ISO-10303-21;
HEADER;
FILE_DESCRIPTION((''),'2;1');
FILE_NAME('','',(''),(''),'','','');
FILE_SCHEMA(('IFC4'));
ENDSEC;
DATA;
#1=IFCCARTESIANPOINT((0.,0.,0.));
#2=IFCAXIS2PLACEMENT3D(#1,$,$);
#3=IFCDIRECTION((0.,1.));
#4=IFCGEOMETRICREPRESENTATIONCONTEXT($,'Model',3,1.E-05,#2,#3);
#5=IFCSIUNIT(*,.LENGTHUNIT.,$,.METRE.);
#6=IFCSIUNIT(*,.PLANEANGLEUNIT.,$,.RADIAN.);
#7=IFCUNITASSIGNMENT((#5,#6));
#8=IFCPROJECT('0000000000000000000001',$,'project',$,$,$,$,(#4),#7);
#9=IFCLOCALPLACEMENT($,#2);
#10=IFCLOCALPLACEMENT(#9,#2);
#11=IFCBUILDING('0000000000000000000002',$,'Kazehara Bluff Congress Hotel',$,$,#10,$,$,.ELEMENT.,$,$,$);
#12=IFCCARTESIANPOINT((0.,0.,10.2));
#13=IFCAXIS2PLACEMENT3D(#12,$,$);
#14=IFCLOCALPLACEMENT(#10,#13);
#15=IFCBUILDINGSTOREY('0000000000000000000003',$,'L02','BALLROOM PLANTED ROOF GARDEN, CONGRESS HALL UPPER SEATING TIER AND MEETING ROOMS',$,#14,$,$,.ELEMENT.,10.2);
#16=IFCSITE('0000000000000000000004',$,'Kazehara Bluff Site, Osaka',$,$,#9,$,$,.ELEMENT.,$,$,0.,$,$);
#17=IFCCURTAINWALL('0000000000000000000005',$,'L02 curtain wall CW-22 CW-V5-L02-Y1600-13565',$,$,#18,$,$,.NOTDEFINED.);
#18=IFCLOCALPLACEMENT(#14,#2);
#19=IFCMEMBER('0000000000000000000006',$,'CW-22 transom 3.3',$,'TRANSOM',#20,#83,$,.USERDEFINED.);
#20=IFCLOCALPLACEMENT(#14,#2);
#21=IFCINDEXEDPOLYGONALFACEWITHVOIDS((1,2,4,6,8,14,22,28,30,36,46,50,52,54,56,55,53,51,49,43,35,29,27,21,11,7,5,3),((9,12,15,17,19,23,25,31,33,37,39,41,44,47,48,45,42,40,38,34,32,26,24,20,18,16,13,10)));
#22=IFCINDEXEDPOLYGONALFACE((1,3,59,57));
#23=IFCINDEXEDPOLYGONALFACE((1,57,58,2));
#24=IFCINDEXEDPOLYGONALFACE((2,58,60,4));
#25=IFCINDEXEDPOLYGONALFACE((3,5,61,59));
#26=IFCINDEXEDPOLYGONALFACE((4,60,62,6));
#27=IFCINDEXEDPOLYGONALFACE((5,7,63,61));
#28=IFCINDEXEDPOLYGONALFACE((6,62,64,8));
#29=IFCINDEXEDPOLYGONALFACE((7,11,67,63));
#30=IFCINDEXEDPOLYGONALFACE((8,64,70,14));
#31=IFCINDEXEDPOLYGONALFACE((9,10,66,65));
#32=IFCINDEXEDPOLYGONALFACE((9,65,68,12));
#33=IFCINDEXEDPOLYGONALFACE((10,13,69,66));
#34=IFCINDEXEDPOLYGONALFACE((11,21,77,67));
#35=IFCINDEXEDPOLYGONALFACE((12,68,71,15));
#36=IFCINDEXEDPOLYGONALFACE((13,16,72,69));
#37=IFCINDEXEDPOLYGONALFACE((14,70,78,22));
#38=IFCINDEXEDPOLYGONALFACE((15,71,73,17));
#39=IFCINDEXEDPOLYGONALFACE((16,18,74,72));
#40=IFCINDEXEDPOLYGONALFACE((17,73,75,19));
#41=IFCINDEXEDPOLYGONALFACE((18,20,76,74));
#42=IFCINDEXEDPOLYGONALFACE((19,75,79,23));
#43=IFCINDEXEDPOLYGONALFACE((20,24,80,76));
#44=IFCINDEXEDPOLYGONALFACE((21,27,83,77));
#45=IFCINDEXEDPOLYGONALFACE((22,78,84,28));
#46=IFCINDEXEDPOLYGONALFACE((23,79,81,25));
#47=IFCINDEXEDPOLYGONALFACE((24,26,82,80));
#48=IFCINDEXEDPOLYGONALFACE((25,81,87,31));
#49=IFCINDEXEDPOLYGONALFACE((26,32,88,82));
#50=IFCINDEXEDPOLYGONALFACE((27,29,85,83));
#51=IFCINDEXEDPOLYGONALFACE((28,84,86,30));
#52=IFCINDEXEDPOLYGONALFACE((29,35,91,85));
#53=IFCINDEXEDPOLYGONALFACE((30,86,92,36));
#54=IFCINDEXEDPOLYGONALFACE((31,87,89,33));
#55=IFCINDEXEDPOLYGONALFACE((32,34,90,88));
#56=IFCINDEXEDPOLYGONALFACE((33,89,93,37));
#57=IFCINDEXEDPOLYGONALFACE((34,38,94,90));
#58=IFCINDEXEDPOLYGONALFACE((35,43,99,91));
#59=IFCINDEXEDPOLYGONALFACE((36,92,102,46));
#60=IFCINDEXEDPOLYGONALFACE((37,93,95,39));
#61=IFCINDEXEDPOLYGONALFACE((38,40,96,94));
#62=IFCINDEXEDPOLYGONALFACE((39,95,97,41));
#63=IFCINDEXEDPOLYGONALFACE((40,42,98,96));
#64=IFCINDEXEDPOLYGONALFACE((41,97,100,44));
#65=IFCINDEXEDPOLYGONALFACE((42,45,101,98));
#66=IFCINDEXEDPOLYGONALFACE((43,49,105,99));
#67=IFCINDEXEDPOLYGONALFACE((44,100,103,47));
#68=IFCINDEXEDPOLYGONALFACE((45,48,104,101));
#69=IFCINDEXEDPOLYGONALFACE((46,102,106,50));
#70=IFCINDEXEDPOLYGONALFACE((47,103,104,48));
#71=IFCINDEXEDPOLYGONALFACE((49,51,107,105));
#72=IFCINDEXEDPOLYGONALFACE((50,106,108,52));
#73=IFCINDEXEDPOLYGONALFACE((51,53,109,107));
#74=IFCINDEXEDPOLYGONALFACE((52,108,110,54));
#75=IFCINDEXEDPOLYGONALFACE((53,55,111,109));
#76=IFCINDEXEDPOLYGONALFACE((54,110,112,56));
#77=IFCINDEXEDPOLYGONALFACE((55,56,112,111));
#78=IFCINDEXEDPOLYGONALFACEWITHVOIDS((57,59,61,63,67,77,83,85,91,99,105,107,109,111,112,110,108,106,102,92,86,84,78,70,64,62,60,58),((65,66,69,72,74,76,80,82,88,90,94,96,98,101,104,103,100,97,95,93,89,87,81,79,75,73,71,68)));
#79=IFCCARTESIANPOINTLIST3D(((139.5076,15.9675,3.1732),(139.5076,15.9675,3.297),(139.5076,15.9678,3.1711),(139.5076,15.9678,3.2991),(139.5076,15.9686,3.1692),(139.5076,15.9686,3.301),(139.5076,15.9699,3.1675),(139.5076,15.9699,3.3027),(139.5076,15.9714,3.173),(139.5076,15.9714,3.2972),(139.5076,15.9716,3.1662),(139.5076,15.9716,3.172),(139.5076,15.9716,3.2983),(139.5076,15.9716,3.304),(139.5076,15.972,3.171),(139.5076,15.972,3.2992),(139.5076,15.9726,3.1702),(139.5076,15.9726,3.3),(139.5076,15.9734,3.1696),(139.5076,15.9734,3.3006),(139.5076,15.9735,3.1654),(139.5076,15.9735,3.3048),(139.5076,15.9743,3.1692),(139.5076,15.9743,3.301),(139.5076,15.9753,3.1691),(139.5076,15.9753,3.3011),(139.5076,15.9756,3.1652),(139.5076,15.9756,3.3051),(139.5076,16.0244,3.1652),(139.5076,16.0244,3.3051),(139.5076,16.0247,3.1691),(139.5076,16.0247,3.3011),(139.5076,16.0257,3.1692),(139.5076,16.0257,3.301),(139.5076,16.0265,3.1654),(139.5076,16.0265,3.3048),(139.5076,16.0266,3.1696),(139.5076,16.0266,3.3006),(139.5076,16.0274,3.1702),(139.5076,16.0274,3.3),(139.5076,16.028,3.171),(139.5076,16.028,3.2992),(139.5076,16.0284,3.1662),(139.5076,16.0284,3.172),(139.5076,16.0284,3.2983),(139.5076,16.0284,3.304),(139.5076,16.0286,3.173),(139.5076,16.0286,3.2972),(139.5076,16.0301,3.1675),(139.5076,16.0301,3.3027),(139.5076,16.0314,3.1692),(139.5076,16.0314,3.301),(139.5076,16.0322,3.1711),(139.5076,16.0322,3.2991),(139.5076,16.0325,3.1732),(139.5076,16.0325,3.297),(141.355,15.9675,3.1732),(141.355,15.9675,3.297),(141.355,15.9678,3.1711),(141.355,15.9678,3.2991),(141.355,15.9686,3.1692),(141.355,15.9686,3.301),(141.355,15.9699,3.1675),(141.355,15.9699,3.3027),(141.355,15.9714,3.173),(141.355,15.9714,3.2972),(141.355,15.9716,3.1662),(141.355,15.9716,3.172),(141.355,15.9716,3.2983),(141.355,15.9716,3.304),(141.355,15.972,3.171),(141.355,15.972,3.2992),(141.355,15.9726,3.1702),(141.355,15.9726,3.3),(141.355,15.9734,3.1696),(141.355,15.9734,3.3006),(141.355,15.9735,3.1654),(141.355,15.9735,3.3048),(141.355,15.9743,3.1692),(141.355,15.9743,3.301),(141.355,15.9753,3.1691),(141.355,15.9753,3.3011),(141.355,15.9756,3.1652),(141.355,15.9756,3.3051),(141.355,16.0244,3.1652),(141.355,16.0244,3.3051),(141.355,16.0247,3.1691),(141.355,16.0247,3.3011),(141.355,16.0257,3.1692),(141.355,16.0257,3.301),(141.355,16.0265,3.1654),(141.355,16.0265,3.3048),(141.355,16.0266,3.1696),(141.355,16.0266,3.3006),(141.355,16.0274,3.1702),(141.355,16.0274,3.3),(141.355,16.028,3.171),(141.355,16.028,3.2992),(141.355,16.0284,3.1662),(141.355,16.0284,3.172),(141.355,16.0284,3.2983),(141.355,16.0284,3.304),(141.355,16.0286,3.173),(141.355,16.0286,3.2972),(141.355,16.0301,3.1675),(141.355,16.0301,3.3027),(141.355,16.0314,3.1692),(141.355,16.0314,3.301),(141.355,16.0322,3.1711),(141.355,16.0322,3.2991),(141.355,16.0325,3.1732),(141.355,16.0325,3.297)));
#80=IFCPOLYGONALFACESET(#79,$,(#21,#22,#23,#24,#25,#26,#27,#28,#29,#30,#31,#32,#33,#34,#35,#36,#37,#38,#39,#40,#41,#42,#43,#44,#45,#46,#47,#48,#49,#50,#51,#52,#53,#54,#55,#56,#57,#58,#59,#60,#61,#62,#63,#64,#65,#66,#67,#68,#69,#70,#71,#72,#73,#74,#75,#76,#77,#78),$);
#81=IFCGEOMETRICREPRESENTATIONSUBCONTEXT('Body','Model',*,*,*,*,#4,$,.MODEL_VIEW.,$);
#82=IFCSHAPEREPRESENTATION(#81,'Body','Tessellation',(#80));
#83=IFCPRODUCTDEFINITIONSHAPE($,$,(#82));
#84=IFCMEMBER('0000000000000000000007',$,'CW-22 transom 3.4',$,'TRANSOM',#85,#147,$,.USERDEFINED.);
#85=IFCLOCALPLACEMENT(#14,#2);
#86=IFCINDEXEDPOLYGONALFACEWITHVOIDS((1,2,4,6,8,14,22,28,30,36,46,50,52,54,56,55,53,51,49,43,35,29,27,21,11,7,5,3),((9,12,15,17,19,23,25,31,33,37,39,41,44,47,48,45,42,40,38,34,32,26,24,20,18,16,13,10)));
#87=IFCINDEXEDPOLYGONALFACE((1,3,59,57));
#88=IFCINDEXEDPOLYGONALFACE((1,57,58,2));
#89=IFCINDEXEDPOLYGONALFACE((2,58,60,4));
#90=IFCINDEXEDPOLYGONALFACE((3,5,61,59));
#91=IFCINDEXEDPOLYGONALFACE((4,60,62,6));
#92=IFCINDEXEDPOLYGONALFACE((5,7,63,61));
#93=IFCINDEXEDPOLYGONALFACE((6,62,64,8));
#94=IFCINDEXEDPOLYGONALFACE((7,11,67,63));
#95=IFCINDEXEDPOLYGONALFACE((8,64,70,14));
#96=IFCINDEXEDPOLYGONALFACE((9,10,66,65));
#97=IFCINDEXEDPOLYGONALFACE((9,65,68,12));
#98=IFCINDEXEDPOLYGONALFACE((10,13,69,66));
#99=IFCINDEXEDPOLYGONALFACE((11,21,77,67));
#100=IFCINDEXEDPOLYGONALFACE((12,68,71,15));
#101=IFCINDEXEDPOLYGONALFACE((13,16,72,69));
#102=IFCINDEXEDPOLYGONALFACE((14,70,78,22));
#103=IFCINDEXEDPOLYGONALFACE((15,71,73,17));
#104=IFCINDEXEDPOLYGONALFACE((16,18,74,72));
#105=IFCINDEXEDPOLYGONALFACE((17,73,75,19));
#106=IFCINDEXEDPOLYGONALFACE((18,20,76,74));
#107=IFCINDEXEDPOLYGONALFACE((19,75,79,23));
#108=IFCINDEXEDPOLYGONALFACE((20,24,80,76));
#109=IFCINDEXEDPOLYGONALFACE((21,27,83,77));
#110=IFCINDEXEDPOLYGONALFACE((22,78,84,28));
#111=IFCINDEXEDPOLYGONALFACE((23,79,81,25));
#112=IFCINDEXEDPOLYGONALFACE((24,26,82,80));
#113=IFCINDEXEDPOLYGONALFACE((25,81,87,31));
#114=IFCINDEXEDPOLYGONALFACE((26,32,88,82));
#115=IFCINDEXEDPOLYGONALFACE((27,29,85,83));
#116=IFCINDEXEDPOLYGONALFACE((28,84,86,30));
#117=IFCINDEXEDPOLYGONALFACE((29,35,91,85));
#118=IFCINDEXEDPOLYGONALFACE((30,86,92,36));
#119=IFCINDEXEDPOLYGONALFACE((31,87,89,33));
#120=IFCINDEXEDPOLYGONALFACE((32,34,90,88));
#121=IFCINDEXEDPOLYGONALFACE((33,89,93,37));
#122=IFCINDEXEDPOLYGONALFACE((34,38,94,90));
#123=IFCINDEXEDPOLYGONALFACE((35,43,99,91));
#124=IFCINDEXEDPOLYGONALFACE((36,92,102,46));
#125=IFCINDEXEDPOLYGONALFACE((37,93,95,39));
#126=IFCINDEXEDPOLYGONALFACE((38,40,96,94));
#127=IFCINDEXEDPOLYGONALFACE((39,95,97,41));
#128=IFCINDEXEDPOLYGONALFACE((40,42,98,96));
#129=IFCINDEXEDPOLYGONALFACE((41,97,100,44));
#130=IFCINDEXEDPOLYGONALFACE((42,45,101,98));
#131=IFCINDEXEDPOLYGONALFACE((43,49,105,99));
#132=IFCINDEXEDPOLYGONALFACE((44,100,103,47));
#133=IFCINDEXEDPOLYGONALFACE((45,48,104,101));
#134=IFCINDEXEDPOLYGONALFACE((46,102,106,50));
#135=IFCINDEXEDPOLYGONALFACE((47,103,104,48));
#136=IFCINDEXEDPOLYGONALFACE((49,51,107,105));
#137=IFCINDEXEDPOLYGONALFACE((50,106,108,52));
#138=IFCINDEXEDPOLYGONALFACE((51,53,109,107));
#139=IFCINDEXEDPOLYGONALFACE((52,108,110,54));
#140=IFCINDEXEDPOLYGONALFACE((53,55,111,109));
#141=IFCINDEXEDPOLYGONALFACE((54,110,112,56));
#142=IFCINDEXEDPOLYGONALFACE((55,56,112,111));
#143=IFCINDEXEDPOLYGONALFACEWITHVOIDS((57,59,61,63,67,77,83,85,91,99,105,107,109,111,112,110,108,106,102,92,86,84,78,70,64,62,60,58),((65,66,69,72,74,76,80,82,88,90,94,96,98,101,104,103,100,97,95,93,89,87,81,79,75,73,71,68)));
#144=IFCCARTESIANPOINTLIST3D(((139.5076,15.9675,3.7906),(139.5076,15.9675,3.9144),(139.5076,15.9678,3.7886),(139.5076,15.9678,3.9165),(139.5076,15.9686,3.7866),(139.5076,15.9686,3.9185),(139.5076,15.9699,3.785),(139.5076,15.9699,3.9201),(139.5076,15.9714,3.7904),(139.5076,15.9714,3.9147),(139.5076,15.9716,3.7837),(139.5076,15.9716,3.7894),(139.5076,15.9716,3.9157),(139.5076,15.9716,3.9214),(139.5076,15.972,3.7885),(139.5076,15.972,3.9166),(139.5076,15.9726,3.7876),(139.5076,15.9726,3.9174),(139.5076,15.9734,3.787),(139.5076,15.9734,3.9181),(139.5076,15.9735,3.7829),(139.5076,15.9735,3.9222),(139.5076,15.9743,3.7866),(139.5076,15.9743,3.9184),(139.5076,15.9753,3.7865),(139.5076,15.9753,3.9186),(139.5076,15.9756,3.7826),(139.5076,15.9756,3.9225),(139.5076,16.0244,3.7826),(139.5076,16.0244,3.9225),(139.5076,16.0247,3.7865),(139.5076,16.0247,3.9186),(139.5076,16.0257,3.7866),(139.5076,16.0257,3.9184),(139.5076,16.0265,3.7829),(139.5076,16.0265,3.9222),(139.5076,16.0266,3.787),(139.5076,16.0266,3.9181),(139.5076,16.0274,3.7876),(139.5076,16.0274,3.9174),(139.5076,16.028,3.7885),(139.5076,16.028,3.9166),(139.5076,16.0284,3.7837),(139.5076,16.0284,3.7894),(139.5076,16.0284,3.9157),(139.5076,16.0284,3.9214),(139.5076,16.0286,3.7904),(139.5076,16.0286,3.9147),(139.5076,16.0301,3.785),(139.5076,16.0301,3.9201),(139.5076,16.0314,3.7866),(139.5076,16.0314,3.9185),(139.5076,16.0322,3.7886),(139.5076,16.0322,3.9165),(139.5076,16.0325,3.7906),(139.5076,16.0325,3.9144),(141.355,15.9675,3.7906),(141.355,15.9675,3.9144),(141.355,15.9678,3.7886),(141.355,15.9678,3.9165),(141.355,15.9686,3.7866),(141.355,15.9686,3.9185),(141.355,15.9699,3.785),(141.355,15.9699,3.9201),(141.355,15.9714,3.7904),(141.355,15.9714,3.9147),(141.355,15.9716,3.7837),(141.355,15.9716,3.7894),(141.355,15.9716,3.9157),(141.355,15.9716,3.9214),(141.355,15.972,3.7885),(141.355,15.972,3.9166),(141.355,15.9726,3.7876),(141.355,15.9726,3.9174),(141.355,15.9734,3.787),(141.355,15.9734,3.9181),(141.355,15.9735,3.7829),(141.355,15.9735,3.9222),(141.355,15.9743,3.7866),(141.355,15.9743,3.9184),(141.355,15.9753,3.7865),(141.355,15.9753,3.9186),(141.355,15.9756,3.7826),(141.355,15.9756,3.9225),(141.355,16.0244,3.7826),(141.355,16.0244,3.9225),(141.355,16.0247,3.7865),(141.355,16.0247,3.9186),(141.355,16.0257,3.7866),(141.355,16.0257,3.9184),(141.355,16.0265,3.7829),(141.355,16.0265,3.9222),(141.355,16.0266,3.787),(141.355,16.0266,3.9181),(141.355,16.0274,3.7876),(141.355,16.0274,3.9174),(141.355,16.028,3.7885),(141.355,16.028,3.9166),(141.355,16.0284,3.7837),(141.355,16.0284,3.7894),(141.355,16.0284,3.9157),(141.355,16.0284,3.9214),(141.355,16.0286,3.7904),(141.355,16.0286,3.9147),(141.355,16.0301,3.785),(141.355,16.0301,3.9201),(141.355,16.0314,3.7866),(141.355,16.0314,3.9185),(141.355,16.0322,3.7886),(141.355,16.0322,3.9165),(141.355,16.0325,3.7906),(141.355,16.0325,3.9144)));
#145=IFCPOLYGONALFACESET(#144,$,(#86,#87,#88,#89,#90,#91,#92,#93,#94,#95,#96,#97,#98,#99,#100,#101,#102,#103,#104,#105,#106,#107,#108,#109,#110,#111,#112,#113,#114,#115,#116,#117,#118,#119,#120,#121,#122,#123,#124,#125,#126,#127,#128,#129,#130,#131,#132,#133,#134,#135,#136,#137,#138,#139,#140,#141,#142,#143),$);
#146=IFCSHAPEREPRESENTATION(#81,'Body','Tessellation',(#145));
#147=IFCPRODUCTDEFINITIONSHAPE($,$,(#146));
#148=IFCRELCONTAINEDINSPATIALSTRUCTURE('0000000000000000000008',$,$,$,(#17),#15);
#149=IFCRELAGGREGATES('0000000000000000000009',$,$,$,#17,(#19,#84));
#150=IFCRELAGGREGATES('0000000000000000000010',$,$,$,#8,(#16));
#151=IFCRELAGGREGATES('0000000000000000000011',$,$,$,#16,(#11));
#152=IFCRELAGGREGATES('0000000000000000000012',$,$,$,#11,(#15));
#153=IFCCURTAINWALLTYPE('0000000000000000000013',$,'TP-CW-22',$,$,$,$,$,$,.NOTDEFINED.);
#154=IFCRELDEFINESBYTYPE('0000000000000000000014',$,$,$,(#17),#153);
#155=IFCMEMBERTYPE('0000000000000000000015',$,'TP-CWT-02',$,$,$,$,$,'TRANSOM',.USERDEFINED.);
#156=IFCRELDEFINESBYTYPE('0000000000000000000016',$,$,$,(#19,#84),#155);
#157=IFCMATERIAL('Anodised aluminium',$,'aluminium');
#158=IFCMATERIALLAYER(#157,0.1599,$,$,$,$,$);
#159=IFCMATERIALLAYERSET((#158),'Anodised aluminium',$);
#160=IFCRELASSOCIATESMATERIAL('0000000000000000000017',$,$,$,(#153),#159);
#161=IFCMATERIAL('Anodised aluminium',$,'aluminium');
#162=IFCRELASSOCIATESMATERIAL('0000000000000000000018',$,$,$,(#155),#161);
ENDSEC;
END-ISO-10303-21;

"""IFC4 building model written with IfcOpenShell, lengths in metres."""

from ifc_helpers import new_model, si_unit, direction, frame, origin, origin_2d, place, context, subcontext, project, spatial, hollow_rectangle, extrude, material, layer, layer_set, material_profile, profile_set, type_object, element, aggregate, save


model = new_model("IFC4")

# Units and contexts
model_context = context("Model", 3, precision=1e-05, world=origin(), true_north=direction((0.0, 1.0)))
body_context = subcontext(model_context, "Body", "Model", "MODEL_VIEW")
ifc_project = project(units=[si_unit("LENGTHUNIT", "METRE"), si_unit("PLANEANGLEUNIT", "RADIAN")], contexts=[model_context])

# Site, building, storey
site_placement = place(None, origin())
site = spatial("IfcSite", under=ifc_project, at=site_placement, Name="Kazehara Bluff Site, Osaka", CompositionType="ELEMENT", RefElevation=0.0)
building_placement = place(site_placement, origin())
building = spatial("IfcBuilding", under=site, at=building_placement, Name="Kazehara Bluff Congress Hotel", CompositionType="ELEMENT")
storey_placement = place(building_placement, frame((0.0, 0.0, 10.2)))
storey = spatial("IfcBuildingStorey", under=building, at=storey_placement, Name="L02", Description="BALLROOM PLANTED ROOF GARDEN, CONGRESS HALL UPPER SEATING TIER AND MEETING ROOMS", CompositionType="ELEMENT", Elevation=10.2)

# Curtain wall, members
ifc_material_1 = material(Name="Anodised aluminium", Category="aluminium")
ifc_layer_1 = layer(ifc_material_1, 0.1599)
ifc_layer_set_1 = layer_set([ifc_layer_1], Name="Anodised aluminium")
curtain_wall_type = type_object("IfcCurtainWallType", Name="TP-CW-22", PredefinedType="NOTDEFINED", material=ifc_layer_set_1)
curtain_wall_placement = place(storey_placement, origin())
curtain_wall = element("IfcCurtainWall", 1, at=curtain_wall_placement, inside=storey, type_object=curtain_wall_type, Name="L02 curtain wall CW-22 CW-V5-L02-Y1600-13565", PredefinedType="NOTDEFINED")
ifc_material_2 = material(Name="Anodised aluminium", Category="aluminium")
ifc_material_profile_1 = material_profile(ifc_material_2, hollow_rectangle(XDim=0.0649, YDim=0.1399, WallThickness=0.0039, InnerFilletRadius=0.0039, OuterFilletRadius=0.0081, at=origin_2d()))
ifc_profile_set_1 = profile_set([ifc_material_profile_1], Name="Anodised aluminium")
member_type_1 = type_object("IfcMemberType", Name="TP-CWT-02", ElementType="TRANSOM", PredefinedType="USERDEFINED", material=ifc_profile_set_1)
member_1_placement = place(storey_placement, frame((139.5076, 16.0, 3.2351), z_axis=(1.0, 0.0, 0.0), x_axis=(0.0, 1.0, 0.0)))
member_1 = element("IfcMember", 2, at=member_1_placement, type_object=member_type_1, Name="CW-22 transom 3.3", ObjectType="TRANSOM", PredefinedType="USERDEFINED", context=body_context, shape_type="SweptSolid", body=[
    extrude(hollow_rectangle(XDim=0.0649, YDim=0.1399, WallThickness=0.0039, InnerFilletRadius=0.0039, OuterFilletRadius=0.0081, at=origin_2d()), origin(), (0.0, 0.0, 1.0), 1.8474),
])
member_2_placement = place(storey_placement, frame((139.5076, 16.0, 3.8525), z_axis=(1.0, 0.0, 0.0), x_axis=(0.0, 1.0, 0.0)))
member_2 = element("IfcMember", 3, at=member_2_placement, type_object=member_type_1, Name="CW-22 transom 3.4", ObjectType="TRANSOM", PredefinedType="USERDEFINED", context=body_context, shape_type="SweptSolid", body=[
    extrude(hollow_rectangle(XDim=0.0649, YDim=0.1399, WallThickness=0.0039, InnerFilletRadius=0.0039, OuterFilletRadius=0.0081, at=origin_2d()), origin(), (0.0, 0.0, 1.0), 1.8474),
])
aggregate(curtain_wall, [member_1, member_2])

save(model, "model.ifc")
